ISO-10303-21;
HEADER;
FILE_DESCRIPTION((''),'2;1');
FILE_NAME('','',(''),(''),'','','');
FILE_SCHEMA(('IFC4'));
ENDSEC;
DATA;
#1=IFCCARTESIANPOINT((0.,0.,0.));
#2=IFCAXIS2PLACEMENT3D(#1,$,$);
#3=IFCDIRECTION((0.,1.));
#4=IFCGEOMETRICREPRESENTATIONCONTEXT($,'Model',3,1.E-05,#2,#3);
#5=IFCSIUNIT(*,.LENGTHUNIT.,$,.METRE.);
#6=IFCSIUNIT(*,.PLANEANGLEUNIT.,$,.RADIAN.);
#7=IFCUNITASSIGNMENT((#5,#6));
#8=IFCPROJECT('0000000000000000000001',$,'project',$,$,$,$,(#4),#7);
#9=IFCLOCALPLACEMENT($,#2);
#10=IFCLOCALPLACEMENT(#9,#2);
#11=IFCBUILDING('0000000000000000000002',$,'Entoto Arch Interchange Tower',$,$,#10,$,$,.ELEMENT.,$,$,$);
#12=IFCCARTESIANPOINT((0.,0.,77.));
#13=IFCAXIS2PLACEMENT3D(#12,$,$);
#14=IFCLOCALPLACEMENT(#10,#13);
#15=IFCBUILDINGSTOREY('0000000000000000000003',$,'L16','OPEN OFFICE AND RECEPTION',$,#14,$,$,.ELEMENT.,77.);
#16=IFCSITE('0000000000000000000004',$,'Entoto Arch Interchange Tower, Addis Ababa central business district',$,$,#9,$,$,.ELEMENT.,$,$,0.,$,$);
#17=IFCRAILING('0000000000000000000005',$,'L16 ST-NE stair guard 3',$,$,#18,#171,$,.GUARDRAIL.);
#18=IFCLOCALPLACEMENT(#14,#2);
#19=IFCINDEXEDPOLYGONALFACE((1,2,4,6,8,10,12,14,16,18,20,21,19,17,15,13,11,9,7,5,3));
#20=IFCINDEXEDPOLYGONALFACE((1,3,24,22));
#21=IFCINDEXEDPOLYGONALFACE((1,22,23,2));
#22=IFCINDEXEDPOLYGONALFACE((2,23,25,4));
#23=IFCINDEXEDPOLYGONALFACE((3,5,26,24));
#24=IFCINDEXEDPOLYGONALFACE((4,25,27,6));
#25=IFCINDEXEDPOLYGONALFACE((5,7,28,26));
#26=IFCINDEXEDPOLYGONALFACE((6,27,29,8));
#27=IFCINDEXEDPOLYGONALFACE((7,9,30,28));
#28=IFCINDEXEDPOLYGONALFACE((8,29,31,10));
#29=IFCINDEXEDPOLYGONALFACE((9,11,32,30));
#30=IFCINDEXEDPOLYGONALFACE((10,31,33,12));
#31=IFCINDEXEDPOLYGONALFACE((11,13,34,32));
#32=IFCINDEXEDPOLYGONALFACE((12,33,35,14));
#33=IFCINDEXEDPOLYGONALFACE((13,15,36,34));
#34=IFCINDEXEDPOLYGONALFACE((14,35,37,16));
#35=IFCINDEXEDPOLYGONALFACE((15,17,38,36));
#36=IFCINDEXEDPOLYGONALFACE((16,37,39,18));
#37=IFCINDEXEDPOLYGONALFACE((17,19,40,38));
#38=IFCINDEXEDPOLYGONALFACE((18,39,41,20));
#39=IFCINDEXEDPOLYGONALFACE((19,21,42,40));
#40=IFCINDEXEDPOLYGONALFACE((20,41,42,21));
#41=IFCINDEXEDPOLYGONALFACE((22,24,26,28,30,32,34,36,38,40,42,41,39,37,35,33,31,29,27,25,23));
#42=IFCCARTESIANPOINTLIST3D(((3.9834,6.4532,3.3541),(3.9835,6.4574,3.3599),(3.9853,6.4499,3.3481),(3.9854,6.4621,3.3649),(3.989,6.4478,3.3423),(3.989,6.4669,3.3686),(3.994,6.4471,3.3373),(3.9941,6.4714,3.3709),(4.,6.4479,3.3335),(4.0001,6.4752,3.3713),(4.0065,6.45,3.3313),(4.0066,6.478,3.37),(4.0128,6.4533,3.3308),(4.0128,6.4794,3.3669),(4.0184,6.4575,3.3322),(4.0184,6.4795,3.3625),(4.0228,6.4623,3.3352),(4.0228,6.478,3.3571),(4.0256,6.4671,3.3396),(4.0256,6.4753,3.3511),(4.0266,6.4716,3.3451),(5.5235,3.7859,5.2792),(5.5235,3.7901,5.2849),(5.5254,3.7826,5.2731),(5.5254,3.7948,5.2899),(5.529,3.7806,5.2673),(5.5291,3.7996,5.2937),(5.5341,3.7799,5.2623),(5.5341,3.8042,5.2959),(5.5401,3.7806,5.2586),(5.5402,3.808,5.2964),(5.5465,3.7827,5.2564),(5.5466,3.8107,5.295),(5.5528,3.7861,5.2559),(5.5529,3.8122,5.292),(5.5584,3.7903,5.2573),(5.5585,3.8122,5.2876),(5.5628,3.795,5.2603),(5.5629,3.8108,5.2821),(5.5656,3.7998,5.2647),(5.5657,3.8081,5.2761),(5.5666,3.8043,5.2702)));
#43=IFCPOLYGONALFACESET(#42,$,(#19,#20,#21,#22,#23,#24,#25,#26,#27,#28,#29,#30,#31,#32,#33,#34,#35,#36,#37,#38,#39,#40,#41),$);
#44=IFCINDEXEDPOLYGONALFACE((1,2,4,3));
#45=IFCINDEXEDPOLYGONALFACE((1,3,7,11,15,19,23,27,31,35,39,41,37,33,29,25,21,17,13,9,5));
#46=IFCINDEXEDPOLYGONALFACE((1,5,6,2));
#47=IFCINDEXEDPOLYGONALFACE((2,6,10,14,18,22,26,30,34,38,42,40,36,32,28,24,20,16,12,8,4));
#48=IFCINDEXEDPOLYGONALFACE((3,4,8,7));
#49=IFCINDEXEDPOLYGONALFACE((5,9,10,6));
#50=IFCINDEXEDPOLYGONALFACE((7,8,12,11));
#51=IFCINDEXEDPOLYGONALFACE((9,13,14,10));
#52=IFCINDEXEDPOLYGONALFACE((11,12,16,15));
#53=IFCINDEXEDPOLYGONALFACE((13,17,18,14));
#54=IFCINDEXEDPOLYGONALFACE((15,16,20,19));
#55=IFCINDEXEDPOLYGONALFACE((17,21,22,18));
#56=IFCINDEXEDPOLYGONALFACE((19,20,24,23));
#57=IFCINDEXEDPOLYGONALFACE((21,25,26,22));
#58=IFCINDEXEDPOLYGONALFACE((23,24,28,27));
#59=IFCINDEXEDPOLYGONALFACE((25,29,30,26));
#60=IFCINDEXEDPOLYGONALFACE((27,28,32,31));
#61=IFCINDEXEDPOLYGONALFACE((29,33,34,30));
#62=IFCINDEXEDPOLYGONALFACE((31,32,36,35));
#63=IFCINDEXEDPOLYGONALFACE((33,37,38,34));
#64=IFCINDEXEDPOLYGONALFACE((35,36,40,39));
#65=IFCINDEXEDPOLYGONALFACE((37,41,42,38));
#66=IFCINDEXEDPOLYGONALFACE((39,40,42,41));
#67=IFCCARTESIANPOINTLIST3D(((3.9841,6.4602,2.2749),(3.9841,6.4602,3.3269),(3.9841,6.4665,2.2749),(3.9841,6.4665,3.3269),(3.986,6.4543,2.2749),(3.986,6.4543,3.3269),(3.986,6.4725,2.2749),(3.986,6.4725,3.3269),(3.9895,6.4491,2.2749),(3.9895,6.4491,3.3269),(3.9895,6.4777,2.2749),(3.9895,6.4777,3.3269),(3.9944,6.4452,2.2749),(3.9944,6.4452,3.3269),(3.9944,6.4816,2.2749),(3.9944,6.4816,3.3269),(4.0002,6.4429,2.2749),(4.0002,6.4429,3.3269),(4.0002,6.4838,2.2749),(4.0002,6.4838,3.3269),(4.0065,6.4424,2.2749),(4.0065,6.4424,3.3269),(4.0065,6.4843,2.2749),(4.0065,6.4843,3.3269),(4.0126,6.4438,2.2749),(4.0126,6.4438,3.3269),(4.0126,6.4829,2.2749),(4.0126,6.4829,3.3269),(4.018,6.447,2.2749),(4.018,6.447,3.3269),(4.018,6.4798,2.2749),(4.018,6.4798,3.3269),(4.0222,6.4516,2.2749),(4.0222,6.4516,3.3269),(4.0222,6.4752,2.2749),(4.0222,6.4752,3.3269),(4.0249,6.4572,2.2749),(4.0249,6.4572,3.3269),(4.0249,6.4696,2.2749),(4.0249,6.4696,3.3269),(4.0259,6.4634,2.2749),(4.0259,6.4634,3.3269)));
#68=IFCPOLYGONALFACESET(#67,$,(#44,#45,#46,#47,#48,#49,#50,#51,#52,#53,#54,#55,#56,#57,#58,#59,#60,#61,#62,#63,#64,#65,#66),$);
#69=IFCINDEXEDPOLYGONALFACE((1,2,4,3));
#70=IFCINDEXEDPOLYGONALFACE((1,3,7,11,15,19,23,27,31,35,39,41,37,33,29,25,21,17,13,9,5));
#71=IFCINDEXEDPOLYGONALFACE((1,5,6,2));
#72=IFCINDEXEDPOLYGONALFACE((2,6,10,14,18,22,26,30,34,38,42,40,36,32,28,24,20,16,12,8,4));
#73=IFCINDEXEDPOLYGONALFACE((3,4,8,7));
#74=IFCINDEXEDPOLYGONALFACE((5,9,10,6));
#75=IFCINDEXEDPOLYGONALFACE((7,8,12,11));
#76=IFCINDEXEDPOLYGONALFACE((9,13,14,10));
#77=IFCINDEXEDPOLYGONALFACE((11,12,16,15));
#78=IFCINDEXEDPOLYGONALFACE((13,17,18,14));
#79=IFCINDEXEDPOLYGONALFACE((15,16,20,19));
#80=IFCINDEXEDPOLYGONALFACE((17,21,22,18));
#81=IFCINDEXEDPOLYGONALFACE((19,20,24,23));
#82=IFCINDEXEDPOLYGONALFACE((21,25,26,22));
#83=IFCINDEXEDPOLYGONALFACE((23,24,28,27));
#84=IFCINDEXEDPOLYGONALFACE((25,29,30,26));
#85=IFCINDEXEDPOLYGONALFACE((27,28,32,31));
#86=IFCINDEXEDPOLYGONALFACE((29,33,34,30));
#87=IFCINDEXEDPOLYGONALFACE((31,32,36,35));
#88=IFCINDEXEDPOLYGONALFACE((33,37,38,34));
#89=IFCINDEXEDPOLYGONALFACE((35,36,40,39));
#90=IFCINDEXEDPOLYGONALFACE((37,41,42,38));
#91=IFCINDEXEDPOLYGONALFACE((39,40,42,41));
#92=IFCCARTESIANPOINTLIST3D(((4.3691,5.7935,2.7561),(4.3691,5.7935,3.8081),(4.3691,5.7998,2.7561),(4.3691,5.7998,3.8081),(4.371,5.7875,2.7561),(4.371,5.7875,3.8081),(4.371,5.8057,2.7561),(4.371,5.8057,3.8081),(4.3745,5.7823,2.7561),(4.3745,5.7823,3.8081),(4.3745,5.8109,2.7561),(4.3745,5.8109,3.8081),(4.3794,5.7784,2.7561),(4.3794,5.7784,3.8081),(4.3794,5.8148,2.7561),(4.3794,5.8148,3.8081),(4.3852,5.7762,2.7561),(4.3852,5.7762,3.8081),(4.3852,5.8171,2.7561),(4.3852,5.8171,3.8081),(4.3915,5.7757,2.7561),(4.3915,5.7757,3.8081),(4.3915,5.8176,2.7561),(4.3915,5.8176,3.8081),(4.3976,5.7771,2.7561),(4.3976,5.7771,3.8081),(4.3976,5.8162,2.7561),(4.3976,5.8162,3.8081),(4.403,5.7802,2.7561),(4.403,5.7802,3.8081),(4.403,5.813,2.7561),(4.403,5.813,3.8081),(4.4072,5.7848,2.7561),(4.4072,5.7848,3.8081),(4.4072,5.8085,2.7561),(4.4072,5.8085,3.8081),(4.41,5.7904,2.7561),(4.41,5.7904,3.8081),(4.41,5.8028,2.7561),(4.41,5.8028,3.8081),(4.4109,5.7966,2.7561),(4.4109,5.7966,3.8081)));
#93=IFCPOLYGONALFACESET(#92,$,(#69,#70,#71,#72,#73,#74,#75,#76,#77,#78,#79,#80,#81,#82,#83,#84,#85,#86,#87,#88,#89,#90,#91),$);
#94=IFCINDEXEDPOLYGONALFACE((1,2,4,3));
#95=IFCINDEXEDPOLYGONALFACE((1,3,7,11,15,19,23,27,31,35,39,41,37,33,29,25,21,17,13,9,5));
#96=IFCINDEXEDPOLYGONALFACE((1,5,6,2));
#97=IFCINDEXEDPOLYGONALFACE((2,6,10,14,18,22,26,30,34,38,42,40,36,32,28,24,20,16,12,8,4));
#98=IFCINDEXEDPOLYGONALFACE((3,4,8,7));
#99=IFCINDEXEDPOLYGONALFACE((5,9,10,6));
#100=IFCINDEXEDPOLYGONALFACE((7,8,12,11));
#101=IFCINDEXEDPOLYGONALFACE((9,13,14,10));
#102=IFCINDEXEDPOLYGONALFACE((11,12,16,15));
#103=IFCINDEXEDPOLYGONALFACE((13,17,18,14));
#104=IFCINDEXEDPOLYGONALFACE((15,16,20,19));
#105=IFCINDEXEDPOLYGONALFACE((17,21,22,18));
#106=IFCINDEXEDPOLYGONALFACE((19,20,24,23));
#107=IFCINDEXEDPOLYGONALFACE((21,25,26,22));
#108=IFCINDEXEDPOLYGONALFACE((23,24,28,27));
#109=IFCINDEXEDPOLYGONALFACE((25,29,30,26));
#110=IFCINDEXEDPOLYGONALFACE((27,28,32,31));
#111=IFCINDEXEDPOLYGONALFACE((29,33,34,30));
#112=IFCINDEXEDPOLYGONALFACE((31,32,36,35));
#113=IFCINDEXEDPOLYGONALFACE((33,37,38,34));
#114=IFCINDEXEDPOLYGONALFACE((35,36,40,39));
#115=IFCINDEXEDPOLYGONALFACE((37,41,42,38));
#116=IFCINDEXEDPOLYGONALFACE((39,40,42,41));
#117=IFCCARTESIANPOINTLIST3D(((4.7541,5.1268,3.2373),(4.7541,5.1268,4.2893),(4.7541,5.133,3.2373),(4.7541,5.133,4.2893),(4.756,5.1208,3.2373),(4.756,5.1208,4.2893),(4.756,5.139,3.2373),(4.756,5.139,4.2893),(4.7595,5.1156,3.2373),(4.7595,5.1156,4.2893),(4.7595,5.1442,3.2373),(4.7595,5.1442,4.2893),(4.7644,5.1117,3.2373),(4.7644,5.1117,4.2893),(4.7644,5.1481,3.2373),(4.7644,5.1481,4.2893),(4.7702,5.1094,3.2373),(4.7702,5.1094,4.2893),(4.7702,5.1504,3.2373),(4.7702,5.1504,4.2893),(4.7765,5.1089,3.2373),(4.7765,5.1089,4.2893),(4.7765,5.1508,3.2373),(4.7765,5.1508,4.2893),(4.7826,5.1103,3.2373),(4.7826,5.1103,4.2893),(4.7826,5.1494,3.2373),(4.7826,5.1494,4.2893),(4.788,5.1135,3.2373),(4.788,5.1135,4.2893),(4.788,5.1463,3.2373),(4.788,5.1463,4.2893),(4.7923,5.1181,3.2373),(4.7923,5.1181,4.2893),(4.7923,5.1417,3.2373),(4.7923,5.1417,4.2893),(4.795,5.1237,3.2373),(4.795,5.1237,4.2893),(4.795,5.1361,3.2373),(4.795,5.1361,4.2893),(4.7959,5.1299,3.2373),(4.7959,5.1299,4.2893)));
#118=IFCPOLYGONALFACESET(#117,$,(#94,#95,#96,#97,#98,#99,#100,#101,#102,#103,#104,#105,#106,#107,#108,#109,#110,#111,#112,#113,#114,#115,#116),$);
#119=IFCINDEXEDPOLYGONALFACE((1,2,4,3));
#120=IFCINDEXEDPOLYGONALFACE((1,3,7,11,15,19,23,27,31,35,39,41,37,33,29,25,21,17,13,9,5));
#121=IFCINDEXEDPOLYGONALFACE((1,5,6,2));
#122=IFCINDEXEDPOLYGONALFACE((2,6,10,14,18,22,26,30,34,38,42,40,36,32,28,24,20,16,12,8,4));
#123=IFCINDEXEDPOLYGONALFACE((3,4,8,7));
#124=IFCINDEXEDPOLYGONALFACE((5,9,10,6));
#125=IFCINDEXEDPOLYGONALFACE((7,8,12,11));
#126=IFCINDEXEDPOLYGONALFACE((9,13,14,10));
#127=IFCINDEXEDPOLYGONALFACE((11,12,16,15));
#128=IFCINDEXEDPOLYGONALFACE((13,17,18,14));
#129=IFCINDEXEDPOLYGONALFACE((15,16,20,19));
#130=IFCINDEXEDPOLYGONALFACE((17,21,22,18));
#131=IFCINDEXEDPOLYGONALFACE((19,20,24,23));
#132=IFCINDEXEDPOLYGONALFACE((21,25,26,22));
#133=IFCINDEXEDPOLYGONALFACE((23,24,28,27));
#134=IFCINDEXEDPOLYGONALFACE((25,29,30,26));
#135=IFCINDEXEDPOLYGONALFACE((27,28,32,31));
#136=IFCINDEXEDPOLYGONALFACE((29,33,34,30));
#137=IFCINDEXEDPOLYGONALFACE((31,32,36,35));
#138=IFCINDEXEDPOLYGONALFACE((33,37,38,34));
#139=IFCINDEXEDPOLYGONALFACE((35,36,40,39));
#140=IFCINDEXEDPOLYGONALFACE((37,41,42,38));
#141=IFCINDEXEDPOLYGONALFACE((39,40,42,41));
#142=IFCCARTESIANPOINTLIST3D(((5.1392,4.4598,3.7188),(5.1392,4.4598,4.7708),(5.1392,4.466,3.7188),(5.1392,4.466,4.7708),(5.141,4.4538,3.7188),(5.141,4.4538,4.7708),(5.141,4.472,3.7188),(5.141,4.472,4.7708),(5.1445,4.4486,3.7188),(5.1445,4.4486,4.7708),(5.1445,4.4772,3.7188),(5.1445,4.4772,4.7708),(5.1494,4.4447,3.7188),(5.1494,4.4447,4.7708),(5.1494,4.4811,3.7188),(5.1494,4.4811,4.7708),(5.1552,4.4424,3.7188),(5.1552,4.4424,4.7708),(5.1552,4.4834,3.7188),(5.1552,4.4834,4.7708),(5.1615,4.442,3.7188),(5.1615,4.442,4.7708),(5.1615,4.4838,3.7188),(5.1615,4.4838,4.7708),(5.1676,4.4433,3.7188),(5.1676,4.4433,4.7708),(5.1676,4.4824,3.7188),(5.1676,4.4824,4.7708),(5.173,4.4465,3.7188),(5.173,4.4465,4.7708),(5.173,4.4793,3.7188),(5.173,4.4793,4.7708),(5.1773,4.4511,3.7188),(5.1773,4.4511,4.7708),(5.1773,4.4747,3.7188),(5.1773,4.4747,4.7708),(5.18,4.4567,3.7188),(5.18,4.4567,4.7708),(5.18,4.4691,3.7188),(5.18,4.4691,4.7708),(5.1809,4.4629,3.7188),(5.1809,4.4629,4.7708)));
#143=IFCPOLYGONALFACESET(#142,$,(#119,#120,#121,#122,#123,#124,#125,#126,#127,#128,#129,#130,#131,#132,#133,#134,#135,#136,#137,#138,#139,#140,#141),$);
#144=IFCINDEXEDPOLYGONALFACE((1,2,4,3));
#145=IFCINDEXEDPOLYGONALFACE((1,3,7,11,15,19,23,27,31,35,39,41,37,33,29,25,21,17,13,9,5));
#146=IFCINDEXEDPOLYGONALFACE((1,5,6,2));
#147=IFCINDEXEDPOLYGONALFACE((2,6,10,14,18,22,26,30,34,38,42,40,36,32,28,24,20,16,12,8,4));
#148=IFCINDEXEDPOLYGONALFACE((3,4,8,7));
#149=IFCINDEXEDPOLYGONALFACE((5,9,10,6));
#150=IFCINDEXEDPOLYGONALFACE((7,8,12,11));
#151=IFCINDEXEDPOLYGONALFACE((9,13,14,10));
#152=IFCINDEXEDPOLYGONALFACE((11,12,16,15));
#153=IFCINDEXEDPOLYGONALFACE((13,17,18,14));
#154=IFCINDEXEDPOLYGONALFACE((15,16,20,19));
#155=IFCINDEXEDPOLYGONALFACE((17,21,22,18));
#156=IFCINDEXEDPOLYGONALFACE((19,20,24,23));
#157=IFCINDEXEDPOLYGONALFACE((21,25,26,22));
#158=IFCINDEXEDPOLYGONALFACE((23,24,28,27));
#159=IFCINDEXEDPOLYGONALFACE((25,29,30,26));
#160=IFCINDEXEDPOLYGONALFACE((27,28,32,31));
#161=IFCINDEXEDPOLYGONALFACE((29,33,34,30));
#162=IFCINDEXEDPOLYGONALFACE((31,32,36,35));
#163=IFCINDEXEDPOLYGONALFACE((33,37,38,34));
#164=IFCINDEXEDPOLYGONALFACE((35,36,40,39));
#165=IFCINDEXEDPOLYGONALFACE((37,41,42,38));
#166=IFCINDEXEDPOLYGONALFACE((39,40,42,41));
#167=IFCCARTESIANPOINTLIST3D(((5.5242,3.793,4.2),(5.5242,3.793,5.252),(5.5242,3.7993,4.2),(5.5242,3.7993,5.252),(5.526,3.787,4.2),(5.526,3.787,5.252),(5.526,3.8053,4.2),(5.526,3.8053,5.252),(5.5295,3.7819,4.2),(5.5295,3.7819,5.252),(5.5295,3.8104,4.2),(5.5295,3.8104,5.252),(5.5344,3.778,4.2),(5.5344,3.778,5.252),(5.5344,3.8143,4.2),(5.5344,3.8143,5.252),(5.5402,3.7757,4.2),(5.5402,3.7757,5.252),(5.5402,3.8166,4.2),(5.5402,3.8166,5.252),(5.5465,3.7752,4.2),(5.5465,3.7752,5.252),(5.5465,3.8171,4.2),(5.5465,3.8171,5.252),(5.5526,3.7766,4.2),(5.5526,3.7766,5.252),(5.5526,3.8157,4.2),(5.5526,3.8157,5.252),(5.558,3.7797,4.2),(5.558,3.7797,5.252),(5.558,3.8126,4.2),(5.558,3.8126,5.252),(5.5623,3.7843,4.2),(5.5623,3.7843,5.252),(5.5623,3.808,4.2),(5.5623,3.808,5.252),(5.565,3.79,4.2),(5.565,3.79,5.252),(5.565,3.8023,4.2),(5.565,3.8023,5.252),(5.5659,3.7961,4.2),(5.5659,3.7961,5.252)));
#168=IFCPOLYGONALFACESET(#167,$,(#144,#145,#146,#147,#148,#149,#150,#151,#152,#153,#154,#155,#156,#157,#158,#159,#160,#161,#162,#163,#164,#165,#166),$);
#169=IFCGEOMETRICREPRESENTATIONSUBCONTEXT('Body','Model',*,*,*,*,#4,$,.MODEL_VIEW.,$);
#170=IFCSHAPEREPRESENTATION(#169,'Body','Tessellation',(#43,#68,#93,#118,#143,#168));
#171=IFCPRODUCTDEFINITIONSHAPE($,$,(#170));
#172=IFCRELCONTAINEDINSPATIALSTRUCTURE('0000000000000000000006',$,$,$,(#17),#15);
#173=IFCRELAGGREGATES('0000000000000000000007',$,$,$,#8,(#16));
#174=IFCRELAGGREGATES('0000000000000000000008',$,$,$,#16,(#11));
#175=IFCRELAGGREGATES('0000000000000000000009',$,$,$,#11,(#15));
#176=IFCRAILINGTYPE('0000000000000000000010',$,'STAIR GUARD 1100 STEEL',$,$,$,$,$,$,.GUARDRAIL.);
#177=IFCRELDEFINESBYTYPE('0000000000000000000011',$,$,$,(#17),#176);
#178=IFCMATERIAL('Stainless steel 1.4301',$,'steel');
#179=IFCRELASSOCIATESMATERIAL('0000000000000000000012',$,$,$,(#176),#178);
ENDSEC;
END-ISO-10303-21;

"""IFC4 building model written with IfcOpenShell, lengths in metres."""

from ifc_helpers import new_model, si_unit, direction, frame, origin, origin_2d, place, context, subcontext, project, spatial, circle, extrude, material, type_object, element, save


model = new_model("IFC4")

# Units and contexts
model_context = context("Model", 3, precision=1e-05, world=origin(), true_north=direction((0.0, 1.0)))
body_context = subcontext(model_context, "Body", "Model", "MODEL_VIEW")
ifc_project = project(units=[si_unit("LENGTHUNIT", "METRE"), si_unit("PLANEANGLEUNIT", "RADIAN")], contexts=[model_context])

# Site, building, storey
site_placement = place(None, origin())
site = spatial("IfcSite", under=ifc_project, at=site_placement, Name="Entoto Arch Interchange Tower, Addis Ababa central business district", CompositionType="ELEMENT", RefElevation=0.0)
building_placement = place(site_placement, origin())
building = spatial("IfcBuilding", under=site, at=building_placement, Name="Entoto Arch Interchange Tower", CompositionType="ELEMENT")
storey_placement = place(building_placement, frame((0.0, 0.0, 77.0)))
storey = spatial("IfcBuildingStorey", under=building, at=storey_placement, Name="L16", Description="OPEN OFFICE AND RECEPTION", CompositionType="ELEMENT", Elevation=77.0)

# Railing
ifc_material_1 = material(Name="Stainless steel 1.4301", Category="steel")
railing_type_1 = type_object("IfcRailingType", Name="STAIR GUARD 1100 STEEL", PredefinedType="GUARDRAIL", material=ifc_material_1)
railing_1_placement = place(storey_placement, frame((4.0049, 6.4634, 2.2749)))
element("IfcRailing", 1, at=railing_1_placement, inside=storey, type_object=railing_type_1, Name="L16 ST-NE stair guard 3", PredefinedType="GUARDRAIL", context=body_context, shape_type="SweptSolid", body=[
    extrude(circle(Radius=0.0239, at=origin_2d()), frame((0.0, 0.0, 1.0762), z_axis=(0.424015, -0.734364, 0.530019), x_axis=(0.86601, 0.500027, 0.0)), (0.0, 0.0, 1.0), 3.6321),
    extrude(circle(Radius=0.021, at=origin_2d()), origin(), (0.0, 0.0, 1.0), 1.052),
    extrude(circle(Radius=0.021, at=origin_2d()), frame((0.385, -0.6667, 0.4812)), (0.0, 0.0, 1.0), 1.052),
    extrude(circle(Radius=0.021, at=origin_2d()), frame((0.77, -1.3335, 0.9624)), (0.0, 0.0, 1.0), 1.052),
    extrude(circle(Radius=0.021, at=origin_2d()), frame((1.155, -2.0005, 1.4438)), (0.0, 0.0, 1.0), 1.052),
    extrude(circle(Radius=0.021, at=origin_2d()), frame((1.54, -2.6672, 1.925)), (0.0, 0.0, 1.0), 1.052),
])

save(model, "model.ifc")
